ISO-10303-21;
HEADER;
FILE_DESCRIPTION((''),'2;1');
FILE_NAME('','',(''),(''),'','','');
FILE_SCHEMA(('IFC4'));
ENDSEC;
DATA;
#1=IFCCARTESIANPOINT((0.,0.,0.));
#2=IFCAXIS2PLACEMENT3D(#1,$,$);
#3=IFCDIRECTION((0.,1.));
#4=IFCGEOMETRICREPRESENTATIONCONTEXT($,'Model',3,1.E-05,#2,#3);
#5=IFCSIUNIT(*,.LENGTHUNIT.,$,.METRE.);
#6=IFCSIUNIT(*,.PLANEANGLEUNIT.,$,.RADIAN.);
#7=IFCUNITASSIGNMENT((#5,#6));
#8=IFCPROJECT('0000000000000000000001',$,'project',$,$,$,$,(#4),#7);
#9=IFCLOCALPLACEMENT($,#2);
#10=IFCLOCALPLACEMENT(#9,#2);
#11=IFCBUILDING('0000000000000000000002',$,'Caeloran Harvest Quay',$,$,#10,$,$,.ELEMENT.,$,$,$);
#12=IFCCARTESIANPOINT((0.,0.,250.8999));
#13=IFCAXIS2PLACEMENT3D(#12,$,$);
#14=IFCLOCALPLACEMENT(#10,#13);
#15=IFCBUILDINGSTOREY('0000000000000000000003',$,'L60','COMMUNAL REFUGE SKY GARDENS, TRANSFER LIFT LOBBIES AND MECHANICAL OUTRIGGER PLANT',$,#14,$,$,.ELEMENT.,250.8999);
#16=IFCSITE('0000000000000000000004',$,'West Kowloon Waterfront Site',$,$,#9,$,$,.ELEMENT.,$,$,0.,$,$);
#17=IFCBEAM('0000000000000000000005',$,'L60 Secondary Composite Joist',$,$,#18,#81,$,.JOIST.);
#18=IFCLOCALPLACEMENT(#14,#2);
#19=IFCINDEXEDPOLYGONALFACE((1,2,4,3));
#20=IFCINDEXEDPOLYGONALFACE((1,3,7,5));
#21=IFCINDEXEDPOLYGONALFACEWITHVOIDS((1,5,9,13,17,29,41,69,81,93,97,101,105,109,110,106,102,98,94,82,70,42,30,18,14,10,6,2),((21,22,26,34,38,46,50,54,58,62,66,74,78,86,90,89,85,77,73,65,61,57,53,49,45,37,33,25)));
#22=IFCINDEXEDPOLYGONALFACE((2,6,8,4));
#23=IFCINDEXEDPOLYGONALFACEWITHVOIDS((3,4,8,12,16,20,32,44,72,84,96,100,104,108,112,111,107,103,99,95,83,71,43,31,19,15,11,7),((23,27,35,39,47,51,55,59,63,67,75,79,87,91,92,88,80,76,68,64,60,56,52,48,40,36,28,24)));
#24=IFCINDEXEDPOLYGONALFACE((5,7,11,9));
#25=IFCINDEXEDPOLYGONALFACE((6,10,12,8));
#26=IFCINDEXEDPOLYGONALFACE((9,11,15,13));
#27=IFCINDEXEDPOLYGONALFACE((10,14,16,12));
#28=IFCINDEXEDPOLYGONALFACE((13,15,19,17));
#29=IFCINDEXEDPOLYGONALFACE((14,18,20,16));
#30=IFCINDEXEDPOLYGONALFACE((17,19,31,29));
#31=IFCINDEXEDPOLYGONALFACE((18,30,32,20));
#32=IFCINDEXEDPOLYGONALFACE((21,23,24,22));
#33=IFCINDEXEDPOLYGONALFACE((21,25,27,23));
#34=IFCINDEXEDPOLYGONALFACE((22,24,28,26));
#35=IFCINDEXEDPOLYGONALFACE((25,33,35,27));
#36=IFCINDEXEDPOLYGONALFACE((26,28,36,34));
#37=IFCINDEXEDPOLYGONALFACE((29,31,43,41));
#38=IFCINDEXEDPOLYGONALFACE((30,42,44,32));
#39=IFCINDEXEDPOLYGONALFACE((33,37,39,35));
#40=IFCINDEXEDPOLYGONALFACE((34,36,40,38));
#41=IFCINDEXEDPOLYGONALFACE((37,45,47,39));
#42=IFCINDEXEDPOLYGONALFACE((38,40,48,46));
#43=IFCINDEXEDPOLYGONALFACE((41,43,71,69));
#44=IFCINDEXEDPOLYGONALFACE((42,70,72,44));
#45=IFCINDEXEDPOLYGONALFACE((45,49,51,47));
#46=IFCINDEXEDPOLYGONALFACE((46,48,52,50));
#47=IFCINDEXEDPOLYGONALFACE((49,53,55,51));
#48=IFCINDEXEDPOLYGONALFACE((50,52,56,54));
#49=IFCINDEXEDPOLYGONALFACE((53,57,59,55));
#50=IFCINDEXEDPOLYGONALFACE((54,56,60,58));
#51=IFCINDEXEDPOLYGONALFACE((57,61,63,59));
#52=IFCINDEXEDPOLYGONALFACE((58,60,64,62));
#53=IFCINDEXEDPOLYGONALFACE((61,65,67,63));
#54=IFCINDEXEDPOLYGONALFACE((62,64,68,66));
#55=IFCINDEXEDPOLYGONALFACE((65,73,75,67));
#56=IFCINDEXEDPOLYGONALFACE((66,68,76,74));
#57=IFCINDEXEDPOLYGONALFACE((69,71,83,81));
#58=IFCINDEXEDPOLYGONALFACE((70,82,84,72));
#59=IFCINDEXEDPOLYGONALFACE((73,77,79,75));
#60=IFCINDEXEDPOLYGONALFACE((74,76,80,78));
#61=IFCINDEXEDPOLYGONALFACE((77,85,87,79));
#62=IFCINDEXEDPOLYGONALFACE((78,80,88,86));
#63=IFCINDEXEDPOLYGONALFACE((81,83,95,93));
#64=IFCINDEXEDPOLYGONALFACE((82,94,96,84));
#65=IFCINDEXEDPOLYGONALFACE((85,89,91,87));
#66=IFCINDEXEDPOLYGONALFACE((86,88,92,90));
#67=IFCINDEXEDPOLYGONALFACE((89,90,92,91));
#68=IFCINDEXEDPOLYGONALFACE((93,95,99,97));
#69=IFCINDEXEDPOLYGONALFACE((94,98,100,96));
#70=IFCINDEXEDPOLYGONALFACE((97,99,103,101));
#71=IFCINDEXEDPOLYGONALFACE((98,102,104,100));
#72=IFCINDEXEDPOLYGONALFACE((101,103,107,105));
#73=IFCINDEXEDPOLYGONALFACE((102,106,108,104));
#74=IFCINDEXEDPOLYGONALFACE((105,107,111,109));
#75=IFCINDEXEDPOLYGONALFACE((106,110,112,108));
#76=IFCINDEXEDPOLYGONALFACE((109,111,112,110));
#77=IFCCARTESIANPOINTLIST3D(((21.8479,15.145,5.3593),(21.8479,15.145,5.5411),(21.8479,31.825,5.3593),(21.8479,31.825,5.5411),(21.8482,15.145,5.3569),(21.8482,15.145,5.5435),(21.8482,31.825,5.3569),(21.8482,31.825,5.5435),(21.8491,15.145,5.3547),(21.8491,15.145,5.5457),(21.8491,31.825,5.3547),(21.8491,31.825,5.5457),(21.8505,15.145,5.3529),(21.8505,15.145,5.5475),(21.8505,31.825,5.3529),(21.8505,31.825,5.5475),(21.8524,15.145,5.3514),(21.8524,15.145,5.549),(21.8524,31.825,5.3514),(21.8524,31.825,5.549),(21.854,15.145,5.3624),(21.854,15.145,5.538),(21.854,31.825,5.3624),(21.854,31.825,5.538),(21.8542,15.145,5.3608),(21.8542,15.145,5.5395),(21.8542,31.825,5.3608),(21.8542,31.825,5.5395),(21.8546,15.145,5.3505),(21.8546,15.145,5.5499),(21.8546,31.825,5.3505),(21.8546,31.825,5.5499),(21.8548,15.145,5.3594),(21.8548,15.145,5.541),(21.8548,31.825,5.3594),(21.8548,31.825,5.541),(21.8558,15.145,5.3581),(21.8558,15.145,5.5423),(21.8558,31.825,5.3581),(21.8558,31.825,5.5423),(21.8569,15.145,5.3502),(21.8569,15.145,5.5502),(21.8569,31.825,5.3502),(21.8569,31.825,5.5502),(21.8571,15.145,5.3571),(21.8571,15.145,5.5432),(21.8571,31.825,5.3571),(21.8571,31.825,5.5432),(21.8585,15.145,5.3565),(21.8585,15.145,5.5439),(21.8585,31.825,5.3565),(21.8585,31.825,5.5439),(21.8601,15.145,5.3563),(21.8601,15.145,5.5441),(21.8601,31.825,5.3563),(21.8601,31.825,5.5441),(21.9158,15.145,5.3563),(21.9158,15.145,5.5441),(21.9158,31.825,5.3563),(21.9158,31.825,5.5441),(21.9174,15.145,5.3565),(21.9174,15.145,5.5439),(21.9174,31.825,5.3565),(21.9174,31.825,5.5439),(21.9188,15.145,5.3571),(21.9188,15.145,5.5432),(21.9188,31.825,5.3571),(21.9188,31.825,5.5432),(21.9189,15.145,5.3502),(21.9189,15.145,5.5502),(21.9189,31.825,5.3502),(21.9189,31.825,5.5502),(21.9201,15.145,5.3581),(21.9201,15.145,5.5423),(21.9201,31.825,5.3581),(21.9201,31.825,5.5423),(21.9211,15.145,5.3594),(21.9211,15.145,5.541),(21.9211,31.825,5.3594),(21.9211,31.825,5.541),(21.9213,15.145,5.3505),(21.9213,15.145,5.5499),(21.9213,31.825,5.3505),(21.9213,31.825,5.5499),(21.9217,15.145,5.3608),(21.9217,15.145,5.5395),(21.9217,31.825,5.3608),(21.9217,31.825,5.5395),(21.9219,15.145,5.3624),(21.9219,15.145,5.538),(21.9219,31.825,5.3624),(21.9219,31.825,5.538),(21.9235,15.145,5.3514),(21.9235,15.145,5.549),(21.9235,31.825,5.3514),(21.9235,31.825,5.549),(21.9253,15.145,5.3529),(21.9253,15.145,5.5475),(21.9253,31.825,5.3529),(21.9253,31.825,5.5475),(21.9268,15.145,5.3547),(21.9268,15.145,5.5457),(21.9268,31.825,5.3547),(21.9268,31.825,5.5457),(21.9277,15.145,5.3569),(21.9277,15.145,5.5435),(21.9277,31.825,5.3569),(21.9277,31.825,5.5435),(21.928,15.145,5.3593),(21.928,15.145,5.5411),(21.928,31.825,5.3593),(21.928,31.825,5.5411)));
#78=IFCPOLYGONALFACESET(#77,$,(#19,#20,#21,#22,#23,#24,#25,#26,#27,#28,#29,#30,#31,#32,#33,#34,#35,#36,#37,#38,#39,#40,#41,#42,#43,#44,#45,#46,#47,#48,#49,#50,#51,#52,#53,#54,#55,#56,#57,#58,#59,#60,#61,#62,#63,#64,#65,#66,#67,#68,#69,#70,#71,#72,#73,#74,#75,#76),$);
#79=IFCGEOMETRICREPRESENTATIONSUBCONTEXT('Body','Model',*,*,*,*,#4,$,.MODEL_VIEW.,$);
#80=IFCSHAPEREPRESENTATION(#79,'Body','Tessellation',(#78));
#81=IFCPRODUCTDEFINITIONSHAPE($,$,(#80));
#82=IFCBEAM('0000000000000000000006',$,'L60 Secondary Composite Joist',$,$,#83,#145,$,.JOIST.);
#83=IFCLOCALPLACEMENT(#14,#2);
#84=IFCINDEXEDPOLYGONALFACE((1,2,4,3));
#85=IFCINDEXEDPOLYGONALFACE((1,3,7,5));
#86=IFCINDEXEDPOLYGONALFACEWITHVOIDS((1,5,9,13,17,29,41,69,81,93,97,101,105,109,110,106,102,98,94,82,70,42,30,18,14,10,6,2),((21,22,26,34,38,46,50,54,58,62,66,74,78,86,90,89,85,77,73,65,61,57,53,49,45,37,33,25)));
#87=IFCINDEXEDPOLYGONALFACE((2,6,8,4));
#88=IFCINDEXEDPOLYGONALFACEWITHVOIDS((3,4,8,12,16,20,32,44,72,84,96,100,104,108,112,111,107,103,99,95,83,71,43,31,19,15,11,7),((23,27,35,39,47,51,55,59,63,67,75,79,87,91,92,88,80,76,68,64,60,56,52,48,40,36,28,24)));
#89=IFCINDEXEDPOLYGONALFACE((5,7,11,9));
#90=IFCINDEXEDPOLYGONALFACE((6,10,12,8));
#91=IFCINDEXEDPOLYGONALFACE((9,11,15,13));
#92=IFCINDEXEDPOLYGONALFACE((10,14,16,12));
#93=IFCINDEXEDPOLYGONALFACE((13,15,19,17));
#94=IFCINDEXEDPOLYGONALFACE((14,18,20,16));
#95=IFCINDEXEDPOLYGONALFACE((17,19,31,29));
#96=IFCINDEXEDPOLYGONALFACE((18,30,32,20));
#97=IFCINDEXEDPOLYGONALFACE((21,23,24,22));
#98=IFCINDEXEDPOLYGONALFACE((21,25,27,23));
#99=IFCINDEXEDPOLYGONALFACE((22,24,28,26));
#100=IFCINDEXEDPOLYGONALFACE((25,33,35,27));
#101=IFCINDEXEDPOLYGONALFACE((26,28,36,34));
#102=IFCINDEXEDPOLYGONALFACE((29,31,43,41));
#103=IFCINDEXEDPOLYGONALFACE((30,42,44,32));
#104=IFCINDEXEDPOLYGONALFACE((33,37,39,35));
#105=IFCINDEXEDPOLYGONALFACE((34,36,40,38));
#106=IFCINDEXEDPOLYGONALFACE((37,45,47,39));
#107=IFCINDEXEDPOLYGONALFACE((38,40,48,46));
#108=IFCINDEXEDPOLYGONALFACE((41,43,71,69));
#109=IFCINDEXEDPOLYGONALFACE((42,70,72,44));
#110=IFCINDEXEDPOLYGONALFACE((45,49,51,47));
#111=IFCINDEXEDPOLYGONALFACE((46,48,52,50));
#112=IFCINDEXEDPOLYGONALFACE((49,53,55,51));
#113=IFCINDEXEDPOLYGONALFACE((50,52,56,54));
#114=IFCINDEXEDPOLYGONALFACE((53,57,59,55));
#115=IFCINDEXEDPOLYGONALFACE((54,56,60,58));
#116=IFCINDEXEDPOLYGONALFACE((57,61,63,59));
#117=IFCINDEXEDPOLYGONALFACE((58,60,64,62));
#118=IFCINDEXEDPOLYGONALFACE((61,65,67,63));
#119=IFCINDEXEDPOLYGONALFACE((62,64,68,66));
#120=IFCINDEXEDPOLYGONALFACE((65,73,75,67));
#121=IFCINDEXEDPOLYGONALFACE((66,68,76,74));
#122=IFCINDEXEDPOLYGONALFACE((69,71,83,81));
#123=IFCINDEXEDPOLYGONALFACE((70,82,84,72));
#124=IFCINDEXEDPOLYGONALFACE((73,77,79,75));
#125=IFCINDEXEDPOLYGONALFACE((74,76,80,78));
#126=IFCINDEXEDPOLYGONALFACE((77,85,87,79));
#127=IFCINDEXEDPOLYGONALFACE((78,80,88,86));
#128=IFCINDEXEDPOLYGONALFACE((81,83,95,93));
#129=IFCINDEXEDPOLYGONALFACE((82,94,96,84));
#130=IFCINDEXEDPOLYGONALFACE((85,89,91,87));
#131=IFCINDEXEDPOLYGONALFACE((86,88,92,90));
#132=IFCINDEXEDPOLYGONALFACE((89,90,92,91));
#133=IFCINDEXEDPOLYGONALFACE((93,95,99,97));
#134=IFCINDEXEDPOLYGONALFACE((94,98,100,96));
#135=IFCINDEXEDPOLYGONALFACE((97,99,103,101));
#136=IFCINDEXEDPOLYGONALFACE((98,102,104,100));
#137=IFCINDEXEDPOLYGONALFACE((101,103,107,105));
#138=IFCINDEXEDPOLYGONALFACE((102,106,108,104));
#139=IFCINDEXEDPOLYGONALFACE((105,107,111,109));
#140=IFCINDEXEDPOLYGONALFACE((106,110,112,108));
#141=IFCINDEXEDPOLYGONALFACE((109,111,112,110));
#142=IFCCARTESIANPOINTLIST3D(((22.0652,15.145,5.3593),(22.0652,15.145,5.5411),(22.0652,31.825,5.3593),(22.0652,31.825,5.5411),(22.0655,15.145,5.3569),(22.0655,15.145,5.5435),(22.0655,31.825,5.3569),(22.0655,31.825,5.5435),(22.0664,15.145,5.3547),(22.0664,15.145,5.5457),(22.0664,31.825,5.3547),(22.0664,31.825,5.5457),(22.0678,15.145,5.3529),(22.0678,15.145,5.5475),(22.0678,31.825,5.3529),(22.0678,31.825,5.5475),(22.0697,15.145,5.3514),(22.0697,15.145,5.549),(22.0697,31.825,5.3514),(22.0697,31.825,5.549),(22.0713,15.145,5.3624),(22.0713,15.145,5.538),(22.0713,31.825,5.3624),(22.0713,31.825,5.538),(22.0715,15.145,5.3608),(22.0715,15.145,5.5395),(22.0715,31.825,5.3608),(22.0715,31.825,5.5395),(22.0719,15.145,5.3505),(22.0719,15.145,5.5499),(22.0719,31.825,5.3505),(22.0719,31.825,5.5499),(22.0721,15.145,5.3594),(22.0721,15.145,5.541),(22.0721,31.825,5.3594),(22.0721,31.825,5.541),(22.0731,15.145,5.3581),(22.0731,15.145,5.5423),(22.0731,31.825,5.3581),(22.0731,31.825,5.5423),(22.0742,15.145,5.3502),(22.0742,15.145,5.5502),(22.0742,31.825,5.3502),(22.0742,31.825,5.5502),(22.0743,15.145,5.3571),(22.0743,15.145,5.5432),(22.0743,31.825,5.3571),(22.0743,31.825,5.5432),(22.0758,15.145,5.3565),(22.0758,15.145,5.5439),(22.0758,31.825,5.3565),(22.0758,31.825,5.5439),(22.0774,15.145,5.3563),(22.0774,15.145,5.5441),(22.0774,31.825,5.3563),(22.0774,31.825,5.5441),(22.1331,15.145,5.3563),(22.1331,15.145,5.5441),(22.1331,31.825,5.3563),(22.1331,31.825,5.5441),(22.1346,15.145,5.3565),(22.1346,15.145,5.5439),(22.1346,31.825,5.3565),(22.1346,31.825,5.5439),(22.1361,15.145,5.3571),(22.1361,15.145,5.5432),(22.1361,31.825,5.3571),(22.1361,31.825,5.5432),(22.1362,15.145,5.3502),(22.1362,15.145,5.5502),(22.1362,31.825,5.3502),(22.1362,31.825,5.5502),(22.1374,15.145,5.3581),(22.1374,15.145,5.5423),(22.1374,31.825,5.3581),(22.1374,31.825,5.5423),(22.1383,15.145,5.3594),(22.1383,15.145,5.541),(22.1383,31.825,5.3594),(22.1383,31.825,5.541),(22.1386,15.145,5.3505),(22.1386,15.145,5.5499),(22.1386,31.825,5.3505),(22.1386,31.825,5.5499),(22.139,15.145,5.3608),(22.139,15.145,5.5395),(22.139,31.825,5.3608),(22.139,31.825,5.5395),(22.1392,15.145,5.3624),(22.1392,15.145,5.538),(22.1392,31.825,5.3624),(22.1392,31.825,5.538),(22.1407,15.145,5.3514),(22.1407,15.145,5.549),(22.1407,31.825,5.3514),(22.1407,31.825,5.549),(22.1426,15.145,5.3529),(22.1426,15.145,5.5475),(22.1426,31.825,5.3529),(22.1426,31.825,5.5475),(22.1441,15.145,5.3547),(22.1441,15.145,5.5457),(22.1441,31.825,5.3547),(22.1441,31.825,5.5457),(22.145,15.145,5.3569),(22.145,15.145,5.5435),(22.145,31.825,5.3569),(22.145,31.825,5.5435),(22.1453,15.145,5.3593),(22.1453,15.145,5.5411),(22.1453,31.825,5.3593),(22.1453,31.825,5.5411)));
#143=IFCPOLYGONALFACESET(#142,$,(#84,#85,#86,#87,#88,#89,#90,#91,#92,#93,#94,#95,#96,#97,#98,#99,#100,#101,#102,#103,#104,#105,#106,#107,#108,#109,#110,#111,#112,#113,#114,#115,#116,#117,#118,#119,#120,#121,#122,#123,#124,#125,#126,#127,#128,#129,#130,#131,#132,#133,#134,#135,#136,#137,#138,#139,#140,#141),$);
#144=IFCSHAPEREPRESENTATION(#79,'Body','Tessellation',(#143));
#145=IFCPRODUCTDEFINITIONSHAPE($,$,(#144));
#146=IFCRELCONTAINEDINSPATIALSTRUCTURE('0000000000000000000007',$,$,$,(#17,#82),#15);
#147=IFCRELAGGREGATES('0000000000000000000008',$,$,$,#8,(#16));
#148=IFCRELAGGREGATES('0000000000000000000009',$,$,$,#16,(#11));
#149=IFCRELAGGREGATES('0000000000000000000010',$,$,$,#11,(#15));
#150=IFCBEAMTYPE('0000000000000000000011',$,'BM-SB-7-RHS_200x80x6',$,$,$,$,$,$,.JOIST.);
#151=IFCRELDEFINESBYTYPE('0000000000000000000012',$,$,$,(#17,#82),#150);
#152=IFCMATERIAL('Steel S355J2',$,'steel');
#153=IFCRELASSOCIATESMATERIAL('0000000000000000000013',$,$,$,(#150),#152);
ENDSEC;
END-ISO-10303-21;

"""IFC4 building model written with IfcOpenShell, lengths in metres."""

from ifc_helpers import new_model, si_unit, direction, frame, origin, origin_2d, place, context, subcontext, project, spatial, hollow_rectangle, extrude, material, material_profile, profile_set, type_object, element, save


model = new_model("IFC4")

# Units and contexts
model_context = context("Model", 3, precision=1e-05, world=origin(), true_north=direction((0.0, 1.0)))
body_context = subcontext(model_context, "Body", "Model", "MODEL_VIEW")
ifc_project = project(units=[si_unit("LENGTHUNIT", "METRE"), si_unit("PLANEANGLEUNIT", "RADIAN")], contexts=[model_context])

# Site, building, storey
site_placement = place(None, origin())
site = spatial("IfcSite", under=ifc_project, at=site_placement, Name="West Kowloon Waterfront Site", CompositionType="ELEMENT", RefElevation=0.0)
building_placement = place(site_placement, origin())
building = spatial("IfcBuilding", under=site, at=building_placement, Name="Caeloran Harvest Quay", CompositionType="ELEMENT")
storey_placement = place(building_placement, frame((0.0, 0.0, 250.8999)))
storey = spatial("IfcBuildingStorey", under=building, at=storey_placement, Name="L60", Description="COMMUNAL REFUGE SKY GARDENS, TRANSFER LIFT LOBBIES AND MECHANICAL OUTRIGGER PLANT", CompositionType="ELEMENT", Elevation=250.8999)

# Beams
ifc_material_1 = material(Name="Steel S355J2", Category="steel")
ifc_material_profile_1 = material_profile(ifc_material_1, hollow_rectangle(XDim=0.0801, YDim=0.2, WallThickness=0.0061, InnerFilletRadius=0.0061, OuterFilletRadius=0.009, at=origin_2d()), Name="RHS 200x80x6")
ifc_profile_set_1 = profile_set([ifc_material_profile_1], Name="Steel S355J2")
beam_type_1 = type_object("IfcBeamType", Name="BM-SB-7-RHS_200x80x6", PredefinedType="JOIST", material=ifc_profile_set_1)
for number, where, z_axis, x_axis, name in (
    (1, (21.8879, 15.145, 5.4502), (0.0, 1.0, 0.0), (-1.0, 0.0, 0.0), "L60 Secondary Composite Joist"),
    (2, (22.1052, 15.145, 5.4502), (0.0, 1.0, 0.0), (-1.0, 0.0, 0.0), "L60 Secondary Composite Joist"),
):
    element("IfcBeam", number, at=place(storey_placement, frame(where, z_axis=z_axis, x_axis=x_axis)), inside=storey, type_object=beam_type_1, Name=name, PredefinedType="JOIST", context=body_context, shape_type="SweptSolid", body=[
        extrude(hollow_rectangle(XDim=0.0801, YDim=0.2, WallThickness=0.0061, InnerFilletRadius=0.0061, OuterFilletRadius=0.009, at=origin_2d()), origin(), (0.0, 0.0, 1.0), 16.6799),
    ])

save(model, "model.ifc")
